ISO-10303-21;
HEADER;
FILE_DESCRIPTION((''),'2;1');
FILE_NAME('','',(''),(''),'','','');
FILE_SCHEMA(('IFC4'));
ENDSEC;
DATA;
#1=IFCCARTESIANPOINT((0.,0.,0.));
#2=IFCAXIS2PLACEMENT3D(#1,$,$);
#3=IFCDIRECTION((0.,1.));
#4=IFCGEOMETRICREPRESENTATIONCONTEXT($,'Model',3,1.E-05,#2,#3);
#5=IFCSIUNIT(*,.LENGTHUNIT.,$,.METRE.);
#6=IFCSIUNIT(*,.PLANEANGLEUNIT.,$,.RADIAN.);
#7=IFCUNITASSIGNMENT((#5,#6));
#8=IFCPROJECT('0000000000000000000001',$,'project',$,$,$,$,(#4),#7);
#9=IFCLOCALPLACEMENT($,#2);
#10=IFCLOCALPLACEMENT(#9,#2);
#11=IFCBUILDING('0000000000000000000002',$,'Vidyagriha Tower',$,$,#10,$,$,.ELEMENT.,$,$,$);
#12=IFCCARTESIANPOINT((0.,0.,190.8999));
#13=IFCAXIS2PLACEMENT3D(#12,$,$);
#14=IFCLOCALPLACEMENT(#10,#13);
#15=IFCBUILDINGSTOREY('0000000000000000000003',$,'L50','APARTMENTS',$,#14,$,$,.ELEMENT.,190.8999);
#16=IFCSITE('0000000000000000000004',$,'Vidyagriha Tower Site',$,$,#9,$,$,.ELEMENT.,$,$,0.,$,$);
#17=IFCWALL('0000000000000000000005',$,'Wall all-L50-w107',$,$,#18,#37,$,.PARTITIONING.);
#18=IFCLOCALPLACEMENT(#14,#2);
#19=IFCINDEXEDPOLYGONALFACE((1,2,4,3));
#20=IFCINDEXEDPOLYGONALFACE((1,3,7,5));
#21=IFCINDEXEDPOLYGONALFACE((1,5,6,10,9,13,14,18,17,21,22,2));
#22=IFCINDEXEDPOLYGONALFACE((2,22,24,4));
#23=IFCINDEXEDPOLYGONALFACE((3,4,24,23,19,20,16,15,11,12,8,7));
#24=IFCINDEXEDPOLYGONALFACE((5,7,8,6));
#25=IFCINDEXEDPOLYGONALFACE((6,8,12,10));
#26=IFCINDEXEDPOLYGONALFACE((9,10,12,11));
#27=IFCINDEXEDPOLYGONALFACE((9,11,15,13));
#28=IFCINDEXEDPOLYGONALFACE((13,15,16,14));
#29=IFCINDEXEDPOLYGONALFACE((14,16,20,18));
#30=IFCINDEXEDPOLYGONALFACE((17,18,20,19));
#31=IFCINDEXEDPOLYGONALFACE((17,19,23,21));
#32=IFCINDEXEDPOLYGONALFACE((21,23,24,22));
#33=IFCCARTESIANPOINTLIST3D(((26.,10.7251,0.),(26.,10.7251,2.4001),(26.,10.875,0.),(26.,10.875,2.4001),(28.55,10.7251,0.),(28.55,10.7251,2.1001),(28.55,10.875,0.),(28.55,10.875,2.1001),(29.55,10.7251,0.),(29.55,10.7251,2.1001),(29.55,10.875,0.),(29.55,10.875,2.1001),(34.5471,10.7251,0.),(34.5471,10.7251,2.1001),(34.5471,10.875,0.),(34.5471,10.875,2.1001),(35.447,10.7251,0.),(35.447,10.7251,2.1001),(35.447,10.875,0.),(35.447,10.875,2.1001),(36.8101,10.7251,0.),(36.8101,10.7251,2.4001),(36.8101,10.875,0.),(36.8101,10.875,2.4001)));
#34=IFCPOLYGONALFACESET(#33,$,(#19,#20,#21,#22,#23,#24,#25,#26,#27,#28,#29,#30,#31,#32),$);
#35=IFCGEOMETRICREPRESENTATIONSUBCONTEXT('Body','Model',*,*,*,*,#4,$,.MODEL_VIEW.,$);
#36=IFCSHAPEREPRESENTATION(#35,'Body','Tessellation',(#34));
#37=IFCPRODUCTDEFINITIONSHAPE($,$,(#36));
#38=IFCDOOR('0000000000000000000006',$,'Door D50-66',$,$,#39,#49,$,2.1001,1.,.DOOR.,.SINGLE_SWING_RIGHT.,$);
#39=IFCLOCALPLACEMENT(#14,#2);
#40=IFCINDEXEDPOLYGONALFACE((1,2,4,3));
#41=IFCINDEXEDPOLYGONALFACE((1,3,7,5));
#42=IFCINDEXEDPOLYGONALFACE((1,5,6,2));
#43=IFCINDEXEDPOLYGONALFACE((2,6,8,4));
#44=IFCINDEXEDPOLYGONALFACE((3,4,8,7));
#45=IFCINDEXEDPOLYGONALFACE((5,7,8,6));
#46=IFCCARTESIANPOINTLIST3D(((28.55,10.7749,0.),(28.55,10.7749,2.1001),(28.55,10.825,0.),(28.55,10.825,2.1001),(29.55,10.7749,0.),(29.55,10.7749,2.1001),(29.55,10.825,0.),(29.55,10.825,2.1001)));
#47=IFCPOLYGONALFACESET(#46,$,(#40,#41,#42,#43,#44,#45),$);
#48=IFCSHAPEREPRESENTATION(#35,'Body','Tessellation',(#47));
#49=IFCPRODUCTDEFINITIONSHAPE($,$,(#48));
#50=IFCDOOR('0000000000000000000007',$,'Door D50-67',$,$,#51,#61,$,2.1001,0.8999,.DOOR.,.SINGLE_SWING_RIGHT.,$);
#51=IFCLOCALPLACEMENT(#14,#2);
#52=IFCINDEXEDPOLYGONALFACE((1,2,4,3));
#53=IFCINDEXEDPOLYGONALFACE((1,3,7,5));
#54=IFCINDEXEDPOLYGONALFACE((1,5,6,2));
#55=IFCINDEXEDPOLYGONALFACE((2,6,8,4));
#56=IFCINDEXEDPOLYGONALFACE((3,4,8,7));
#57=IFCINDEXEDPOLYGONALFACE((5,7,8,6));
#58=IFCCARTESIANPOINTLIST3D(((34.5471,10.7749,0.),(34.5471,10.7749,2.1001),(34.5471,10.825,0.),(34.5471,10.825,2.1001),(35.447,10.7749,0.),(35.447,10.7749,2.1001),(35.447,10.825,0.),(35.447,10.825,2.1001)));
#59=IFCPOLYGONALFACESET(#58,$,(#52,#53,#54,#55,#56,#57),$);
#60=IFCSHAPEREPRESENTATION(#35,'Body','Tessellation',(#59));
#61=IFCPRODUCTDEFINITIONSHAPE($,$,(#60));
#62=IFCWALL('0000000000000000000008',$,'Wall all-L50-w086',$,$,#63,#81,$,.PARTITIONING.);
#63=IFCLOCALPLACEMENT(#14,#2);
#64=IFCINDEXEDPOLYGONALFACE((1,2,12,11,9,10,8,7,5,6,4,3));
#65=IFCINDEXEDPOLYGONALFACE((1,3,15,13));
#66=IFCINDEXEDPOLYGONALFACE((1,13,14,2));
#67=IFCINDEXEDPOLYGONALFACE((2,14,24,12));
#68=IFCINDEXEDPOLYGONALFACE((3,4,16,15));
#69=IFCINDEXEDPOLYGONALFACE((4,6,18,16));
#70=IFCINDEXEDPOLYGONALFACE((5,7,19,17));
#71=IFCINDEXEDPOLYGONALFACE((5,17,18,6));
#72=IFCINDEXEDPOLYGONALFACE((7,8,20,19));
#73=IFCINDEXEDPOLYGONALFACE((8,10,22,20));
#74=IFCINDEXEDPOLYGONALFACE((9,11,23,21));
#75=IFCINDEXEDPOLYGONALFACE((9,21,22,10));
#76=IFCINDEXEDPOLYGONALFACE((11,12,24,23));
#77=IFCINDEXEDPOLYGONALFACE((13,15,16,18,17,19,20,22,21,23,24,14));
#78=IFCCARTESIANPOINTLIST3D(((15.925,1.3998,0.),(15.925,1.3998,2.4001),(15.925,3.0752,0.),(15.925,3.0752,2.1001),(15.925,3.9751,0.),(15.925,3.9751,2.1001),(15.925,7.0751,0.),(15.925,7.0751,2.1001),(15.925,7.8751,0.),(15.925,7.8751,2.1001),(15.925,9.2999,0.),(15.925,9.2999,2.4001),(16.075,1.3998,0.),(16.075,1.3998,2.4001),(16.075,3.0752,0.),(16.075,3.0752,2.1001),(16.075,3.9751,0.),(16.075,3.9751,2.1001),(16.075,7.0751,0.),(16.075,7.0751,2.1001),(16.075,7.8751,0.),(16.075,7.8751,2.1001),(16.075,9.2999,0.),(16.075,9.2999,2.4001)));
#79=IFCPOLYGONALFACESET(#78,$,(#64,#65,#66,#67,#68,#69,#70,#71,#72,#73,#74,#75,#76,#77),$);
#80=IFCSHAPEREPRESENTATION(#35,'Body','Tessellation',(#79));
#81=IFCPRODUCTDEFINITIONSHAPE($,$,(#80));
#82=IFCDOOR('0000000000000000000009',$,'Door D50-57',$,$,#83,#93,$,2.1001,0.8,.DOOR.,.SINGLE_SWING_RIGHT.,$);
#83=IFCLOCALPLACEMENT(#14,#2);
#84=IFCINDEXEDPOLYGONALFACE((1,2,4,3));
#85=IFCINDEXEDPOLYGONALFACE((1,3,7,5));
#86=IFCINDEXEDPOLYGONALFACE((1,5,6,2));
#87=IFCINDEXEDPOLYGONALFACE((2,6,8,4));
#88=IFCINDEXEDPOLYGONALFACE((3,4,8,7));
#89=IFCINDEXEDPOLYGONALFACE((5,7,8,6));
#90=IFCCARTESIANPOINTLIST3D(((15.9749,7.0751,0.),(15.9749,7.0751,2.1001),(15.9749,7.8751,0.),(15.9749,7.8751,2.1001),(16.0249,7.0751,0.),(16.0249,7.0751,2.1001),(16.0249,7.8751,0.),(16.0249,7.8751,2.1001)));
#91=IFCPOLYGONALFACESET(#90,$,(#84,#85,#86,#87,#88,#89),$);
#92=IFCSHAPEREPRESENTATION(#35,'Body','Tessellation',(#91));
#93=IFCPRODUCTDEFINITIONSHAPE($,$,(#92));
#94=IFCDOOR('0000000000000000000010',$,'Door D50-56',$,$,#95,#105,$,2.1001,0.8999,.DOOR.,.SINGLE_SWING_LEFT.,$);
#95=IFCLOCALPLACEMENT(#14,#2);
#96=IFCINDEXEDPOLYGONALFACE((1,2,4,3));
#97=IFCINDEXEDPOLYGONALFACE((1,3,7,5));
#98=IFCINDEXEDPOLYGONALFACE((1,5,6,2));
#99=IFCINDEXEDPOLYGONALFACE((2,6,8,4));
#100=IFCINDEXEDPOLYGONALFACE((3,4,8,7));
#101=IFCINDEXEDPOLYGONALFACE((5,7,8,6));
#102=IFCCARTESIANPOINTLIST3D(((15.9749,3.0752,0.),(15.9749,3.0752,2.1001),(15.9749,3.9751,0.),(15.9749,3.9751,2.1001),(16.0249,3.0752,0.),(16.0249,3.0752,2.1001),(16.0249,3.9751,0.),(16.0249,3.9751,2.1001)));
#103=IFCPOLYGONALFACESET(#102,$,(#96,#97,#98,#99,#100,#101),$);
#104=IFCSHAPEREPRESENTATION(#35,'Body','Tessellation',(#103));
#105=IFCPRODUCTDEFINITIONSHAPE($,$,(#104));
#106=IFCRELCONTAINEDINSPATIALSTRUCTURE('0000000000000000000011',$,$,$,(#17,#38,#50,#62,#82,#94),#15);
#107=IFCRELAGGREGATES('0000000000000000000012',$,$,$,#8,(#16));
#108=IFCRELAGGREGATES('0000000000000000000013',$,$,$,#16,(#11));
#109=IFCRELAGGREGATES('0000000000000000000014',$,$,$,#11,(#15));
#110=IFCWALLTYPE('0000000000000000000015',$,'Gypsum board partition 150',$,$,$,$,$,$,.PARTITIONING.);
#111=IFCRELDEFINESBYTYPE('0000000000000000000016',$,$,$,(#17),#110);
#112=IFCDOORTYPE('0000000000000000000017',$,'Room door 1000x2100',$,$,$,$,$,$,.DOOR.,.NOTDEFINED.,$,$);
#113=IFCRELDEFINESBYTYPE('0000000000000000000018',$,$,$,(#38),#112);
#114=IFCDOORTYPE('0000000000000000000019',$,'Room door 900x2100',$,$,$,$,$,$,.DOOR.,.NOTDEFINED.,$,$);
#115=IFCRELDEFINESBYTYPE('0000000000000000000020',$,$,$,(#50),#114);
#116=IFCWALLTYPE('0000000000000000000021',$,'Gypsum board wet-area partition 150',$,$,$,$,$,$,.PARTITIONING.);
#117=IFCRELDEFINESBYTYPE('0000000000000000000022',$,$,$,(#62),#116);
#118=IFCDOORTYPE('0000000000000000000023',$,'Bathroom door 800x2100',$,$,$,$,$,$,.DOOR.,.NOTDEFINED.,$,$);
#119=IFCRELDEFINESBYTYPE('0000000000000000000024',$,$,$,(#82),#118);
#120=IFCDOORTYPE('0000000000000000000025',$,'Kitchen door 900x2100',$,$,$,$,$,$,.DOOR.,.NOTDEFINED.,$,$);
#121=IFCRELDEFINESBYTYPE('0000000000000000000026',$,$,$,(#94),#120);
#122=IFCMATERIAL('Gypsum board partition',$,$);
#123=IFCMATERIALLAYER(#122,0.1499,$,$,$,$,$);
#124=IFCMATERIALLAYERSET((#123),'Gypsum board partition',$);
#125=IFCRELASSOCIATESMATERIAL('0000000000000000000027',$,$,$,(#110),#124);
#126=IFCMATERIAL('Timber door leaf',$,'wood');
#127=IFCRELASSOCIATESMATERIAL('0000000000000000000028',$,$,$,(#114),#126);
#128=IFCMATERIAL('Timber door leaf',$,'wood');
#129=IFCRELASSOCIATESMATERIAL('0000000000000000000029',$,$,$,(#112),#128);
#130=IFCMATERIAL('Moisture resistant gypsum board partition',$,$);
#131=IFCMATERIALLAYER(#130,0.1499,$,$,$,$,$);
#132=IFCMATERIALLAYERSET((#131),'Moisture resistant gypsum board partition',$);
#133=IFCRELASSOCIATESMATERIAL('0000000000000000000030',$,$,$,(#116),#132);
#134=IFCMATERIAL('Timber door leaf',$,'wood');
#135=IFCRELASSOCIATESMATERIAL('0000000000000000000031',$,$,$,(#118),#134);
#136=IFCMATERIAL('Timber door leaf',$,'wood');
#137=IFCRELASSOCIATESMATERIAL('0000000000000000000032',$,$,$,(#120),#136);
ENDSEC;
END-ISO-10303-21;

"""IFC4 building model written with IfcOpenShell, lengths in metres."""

from ifc_helpers import new_model, si_unit, direction, frame, frame_2d, origin, place, context, subcontext, project, spatial, rectangle, extrude, material, layer, layer_set, type_object, element, fill, save


model = new_model("IFC4")

# Units and contexts
model_context = context("Model", 3, precision=1e-05, world=origin(), true_north=direction((0.0, 1.0)))
body_context = subcontext(model_context, "Body", "Model", "MODEL_VIEW")
ifc_project = project(units=[si_unit("LENGTHUNIT", "METRE"), si_unit("PLANEANGLEUNIT", "RADIAN")], contexts=[model_context])

# Site, building, storey
site_placement = place(None, origin())
site = spatial("IfcSite", under=ifc_project, at=site_placement, Name="Vidyagriha Tower Site", CompositionType="ELEMENT", RefElevation=0.0)
building_placement = place(site_placement, origin())
building = spatial("IfcBuilding", under=site, at=building_placement, Name="Vidyagriha Tower", CompositionType="ELEMENT")
storey_placement = place(building_placement, frame((0.0, 0.0, 190.8999)))
storey = spatial("IfcBuildingStorey", under=building, at=storey_placement, Name="L50", Description="APARTMENTS", CompositionType="ELEMENT", Elevation=190.8999)

# Shared definitions
ifc_material_1 = material(Name="Gypsum board partition")
ifc_layer_1 = layer(ifc_material_1, 0.1499)
ifc_layer_set_1 = layer_set([ifc_layer_1], Name="Gypsum board partition")
wall_type_1 = type_object("IfcWallType", Name="Gypsum board partition 150", PredefinedType="PARTITIONING", material=ifc_layer_set_1)

# Shared definitions
ifc_material_2 = material(Name="Timber door leaf", Category="wood")
door_type_1 = type_object("IfcDoorType", Name="Room door 900x2100", OperationType="NOTDEFINED", PredefinedType="DOOR", material=ifc_material_2)
ifc_material_3 = material(Name="Timber door leaf", Category="wood")
door_type_2 = type_object("IfcDoorType", Name="Room door 1000x2100", OperationType="NOTDEFINED", PredefinedType="DOOR", material=ifc_material_3)

# Walls, openings, doors
wall_1_placement = place(storey_placement, frame((26.0, 10.8, 0.0)))
wall_1 = element("IfcWall", 1, at=wall_1_placement, inside=storey, type_object=wall_type_1, Name="Wall all-L50-w107", PredefinedType="PARTITIONING", context=body_context, shape_type="SweptSolid", body=[
    extrude(rectangle(XDim=10.8101, YDim=0.1499, at=frame_2d((5.405, 0.0))), origin(), (0.0, 0.0, 1.0), 2.4001),
])
opening_1_placement = place(wall_1_placement, frame((2.55, 0.0, 0.0)))
opening_1 = element("IfcOpeningElement", 2, at=opening_1_placement, cuts=wall_1, PredefinedType="OPENING", context=body_context, shape_type="SweptSolid", body=[
    extrude(rectangle(XDim=1.0, YDim=2.1001, at=frame_2d((0.5, 1.05))), frame((0.0, 0.085, 0.0), z_axis=(0.0, -1.0, 0.0), x_axis=(1.0, 0.0, 0.0)), (0.0, 0.0, 1.0), 0.1699),
])
opening_2_placement = place(wall_1_placement, frame((8.5471, 0.0, 0.0)))
opening_2 = element("IfcOpeningElement", 3, at=opening_2_placement, cuts=wall_1, PredefinedType="OPENING", context=body_context, shape_type="SweptSolid", body=[
    extrude(rectangle(XDim=0.8999, YDim=2.1001, at=frame_2d((0.45, 1.05))), frame((0.0, 0.085, 0.0), z_axis=(0.0, -1.0, 0.0), x_axis=(1.0, 0.0, 0.0)), (0.0, 0.0, 1.0), 0.1699),
])
door_1_placement = place(opening_1_placement, origin())
door_1 = element("IfcDoor", 4, at=door_1_placement, inside=storey, type_object=door_type_2, Name="Door D50-66", OperationType="SINGLE_SWING_RIGHT", OverallHeight=2.1001, OverallWidth=1.0, PredefinedType="DOOR", context=body_context, shape_type="SweptSolid", body=[
    extrude(rectangle(XDim=1.0, YDim=2.1001, at=frame_2d((0.5, 1.05))), frame((0.0, 0.0249, 0.0), z_axis=(0.0, -1.0, 0.0), x_axis=(1.0, 0.0, 0.0)), (0.0, 0.0, 1.0), 0.05),
])
fill(opening_1, door_1)
door_2_placement = place(opening_2_placement, origin())
door_2 = element("IfcDoor", 5, at=door_2_placement, inside=storey, type_object=door_type_1, Name="Door D50-67", OperationType="SINGLE_SWING_RIGHT", OverallHeight=2.1001, OverallWidth=0.8999, PredefinedType="DOOR", context=body_context, shape_type="SweptSolid", body=[
    extrude(rectangle(XDim=0.8999, YDim=2.1001, at=frame_2d((0.45, 1.05))), frame((0.0, 0.0249, 0.0), z_axis=(0.0, -1.0, 0.0), x_axis=(1.0, 0.0, 0.0)), (0.0, 0.0, 1.0), 0.05),
])
fill(opening_2, door_2)
ifc_material_4 = material(Name="Moisture resistant gypsum board partition")
ifc_layer_2 = layer(ifc_material_4, 0.1499)
ifc_layer_set_2 = layer_set([ifc_layer_2], Name="Moisture resistant gypsum board partition")
wall_type_2 = type_object("IfcWallType", Name="Gypsum board wet-area partition 150", PredefinedType="PARTITIONING", material=ifc_layer_set_2)
wall_2_placement = place(storey_placement, frame((16.0, 9.3, 0.0), z_axis=(0.0, 0.0, 1.0), x_axis=(0.0, -1.0, 0.0)))
wall_2 = element("IfcWall", 6, at=wall_2_placement, inside=storey, type_object=wall_type_2, Name="Wall all-L50-w086", PredefinedType="PARTITIONING", context=body_context, shape_type="SweptSolid", body=[
    extrude(rectangle(XDim=7.9001, YDim=0.1499, at=frame_2d((3.9502, 0.0))), origin(), (0.0, 0.0, 1.0), 2.4001),
])
opening_3_placement = place(wall_2_placement, frame((5.325, 0.0, 0.0)))
opening_3 = element("IfcOpeningElement", 7, at=opening_3_placement, cuts=wall_2, PredefinedType="OPENING", context=body_context, shape_type="SweptSolid", body=[
    extrude(rectangle(XDim=0.8999, YDim=2.1001, at=frame_2d((0.45, 1.05))), frame((0.0, 0.085, 0.0), z_axis=(0.0, -1.0, 0.0), x_axis=(1.0, 0.0, 0.0)), (0.0, 0.0, 1.0), 0.1699),
])
opening_4_placement = place(wall_2_placement, frame((1.425, 0.0, 0.0)))
opening_4 = element("IfcOpeningElement", 8, at=opening_4_placement, cuts=wall_2, PredefinedType="OPENING", context=body_context, shape_type="SweptSolid", body=[
    extrude(rectangle(XDim=0.8, YDim=2.1001, at=frame_2d((0.3999, 1.05))), frame((0.0, 0.085, 0.0), z_axis=(0.0, -1.0, 0.0), x_axis=(1.0, 0.0, 0.0)), (0.0, 0.0, 1.0), 0.1699),
])
ifc_material_5 = material(Name="Timber door leaf", Category="wood")
door_type_3 = type_object("IfcDoorType", Name="Bathroom door 800x2100", OperationType="NOTDEFINED", PredefinedType="DOOR", material=ifc_material_5)
door_3_placement = place(opening_4_placement, origin())
door_3 = element("IfcDoor", 9, at=door_3_placement, inside=storey, type_object=door_type_3, Name="Door D50-57", OperationType="SINGLE_SWING_RIGHT", OverallHeight=2.1001, OverallWidth=0.8, PredefinedType="DOOR", context=body_context, shape_type="SweptSolid", body=[
    extrude(rectangle(XDim=0.8, YDim=2.1001, at=frame_2d((0.3999, 1.05))), frame((0.0, 0.0249, 0.0), z_axis=(0.0, -1.0, 0.0), x_axis=(1.0, 0.0, 0.0)), (0.0, 0.0, 1.0), 0.05),
])
fill(opening_4, door_3)
ifc_material_6 = material(Name="Timber door leaf", Category="wood")
door_type_4 = type_object("IfcDoorType", Name="Kitchen door 900x2100", OperationType="NOTDEFINED", PredefinedType="DOOR", material=ifc_material_6)
door_4_placement = place(opening_3_placement, origin())
door_4 = element("IfcDoor", 10, at=door_4_placement, inside=storey, type_object=door_type_4, Name="Door D50-56", OperationType="SINGLE_SWING_LEFT", OverallHeight=2.1001, OverallWidth=0.8999, PredefinedType="DOOR", context=body_context, shape_type="SweptSolid", body=[
    extrude(rectangle(XDim=0.8999, YDim=2.1001, at=frame_2d((0.45, 1.05))), frame((0.0, 0.0249, 0.0), z_axis=(0.0, -1.0, 0.0), x_axis=(1.0, 0.0, 0.0)), (0.0, 0.0, 1.0), 0.05),
])
fill(opening_3, door_4)

save(model, "model.ifc")
